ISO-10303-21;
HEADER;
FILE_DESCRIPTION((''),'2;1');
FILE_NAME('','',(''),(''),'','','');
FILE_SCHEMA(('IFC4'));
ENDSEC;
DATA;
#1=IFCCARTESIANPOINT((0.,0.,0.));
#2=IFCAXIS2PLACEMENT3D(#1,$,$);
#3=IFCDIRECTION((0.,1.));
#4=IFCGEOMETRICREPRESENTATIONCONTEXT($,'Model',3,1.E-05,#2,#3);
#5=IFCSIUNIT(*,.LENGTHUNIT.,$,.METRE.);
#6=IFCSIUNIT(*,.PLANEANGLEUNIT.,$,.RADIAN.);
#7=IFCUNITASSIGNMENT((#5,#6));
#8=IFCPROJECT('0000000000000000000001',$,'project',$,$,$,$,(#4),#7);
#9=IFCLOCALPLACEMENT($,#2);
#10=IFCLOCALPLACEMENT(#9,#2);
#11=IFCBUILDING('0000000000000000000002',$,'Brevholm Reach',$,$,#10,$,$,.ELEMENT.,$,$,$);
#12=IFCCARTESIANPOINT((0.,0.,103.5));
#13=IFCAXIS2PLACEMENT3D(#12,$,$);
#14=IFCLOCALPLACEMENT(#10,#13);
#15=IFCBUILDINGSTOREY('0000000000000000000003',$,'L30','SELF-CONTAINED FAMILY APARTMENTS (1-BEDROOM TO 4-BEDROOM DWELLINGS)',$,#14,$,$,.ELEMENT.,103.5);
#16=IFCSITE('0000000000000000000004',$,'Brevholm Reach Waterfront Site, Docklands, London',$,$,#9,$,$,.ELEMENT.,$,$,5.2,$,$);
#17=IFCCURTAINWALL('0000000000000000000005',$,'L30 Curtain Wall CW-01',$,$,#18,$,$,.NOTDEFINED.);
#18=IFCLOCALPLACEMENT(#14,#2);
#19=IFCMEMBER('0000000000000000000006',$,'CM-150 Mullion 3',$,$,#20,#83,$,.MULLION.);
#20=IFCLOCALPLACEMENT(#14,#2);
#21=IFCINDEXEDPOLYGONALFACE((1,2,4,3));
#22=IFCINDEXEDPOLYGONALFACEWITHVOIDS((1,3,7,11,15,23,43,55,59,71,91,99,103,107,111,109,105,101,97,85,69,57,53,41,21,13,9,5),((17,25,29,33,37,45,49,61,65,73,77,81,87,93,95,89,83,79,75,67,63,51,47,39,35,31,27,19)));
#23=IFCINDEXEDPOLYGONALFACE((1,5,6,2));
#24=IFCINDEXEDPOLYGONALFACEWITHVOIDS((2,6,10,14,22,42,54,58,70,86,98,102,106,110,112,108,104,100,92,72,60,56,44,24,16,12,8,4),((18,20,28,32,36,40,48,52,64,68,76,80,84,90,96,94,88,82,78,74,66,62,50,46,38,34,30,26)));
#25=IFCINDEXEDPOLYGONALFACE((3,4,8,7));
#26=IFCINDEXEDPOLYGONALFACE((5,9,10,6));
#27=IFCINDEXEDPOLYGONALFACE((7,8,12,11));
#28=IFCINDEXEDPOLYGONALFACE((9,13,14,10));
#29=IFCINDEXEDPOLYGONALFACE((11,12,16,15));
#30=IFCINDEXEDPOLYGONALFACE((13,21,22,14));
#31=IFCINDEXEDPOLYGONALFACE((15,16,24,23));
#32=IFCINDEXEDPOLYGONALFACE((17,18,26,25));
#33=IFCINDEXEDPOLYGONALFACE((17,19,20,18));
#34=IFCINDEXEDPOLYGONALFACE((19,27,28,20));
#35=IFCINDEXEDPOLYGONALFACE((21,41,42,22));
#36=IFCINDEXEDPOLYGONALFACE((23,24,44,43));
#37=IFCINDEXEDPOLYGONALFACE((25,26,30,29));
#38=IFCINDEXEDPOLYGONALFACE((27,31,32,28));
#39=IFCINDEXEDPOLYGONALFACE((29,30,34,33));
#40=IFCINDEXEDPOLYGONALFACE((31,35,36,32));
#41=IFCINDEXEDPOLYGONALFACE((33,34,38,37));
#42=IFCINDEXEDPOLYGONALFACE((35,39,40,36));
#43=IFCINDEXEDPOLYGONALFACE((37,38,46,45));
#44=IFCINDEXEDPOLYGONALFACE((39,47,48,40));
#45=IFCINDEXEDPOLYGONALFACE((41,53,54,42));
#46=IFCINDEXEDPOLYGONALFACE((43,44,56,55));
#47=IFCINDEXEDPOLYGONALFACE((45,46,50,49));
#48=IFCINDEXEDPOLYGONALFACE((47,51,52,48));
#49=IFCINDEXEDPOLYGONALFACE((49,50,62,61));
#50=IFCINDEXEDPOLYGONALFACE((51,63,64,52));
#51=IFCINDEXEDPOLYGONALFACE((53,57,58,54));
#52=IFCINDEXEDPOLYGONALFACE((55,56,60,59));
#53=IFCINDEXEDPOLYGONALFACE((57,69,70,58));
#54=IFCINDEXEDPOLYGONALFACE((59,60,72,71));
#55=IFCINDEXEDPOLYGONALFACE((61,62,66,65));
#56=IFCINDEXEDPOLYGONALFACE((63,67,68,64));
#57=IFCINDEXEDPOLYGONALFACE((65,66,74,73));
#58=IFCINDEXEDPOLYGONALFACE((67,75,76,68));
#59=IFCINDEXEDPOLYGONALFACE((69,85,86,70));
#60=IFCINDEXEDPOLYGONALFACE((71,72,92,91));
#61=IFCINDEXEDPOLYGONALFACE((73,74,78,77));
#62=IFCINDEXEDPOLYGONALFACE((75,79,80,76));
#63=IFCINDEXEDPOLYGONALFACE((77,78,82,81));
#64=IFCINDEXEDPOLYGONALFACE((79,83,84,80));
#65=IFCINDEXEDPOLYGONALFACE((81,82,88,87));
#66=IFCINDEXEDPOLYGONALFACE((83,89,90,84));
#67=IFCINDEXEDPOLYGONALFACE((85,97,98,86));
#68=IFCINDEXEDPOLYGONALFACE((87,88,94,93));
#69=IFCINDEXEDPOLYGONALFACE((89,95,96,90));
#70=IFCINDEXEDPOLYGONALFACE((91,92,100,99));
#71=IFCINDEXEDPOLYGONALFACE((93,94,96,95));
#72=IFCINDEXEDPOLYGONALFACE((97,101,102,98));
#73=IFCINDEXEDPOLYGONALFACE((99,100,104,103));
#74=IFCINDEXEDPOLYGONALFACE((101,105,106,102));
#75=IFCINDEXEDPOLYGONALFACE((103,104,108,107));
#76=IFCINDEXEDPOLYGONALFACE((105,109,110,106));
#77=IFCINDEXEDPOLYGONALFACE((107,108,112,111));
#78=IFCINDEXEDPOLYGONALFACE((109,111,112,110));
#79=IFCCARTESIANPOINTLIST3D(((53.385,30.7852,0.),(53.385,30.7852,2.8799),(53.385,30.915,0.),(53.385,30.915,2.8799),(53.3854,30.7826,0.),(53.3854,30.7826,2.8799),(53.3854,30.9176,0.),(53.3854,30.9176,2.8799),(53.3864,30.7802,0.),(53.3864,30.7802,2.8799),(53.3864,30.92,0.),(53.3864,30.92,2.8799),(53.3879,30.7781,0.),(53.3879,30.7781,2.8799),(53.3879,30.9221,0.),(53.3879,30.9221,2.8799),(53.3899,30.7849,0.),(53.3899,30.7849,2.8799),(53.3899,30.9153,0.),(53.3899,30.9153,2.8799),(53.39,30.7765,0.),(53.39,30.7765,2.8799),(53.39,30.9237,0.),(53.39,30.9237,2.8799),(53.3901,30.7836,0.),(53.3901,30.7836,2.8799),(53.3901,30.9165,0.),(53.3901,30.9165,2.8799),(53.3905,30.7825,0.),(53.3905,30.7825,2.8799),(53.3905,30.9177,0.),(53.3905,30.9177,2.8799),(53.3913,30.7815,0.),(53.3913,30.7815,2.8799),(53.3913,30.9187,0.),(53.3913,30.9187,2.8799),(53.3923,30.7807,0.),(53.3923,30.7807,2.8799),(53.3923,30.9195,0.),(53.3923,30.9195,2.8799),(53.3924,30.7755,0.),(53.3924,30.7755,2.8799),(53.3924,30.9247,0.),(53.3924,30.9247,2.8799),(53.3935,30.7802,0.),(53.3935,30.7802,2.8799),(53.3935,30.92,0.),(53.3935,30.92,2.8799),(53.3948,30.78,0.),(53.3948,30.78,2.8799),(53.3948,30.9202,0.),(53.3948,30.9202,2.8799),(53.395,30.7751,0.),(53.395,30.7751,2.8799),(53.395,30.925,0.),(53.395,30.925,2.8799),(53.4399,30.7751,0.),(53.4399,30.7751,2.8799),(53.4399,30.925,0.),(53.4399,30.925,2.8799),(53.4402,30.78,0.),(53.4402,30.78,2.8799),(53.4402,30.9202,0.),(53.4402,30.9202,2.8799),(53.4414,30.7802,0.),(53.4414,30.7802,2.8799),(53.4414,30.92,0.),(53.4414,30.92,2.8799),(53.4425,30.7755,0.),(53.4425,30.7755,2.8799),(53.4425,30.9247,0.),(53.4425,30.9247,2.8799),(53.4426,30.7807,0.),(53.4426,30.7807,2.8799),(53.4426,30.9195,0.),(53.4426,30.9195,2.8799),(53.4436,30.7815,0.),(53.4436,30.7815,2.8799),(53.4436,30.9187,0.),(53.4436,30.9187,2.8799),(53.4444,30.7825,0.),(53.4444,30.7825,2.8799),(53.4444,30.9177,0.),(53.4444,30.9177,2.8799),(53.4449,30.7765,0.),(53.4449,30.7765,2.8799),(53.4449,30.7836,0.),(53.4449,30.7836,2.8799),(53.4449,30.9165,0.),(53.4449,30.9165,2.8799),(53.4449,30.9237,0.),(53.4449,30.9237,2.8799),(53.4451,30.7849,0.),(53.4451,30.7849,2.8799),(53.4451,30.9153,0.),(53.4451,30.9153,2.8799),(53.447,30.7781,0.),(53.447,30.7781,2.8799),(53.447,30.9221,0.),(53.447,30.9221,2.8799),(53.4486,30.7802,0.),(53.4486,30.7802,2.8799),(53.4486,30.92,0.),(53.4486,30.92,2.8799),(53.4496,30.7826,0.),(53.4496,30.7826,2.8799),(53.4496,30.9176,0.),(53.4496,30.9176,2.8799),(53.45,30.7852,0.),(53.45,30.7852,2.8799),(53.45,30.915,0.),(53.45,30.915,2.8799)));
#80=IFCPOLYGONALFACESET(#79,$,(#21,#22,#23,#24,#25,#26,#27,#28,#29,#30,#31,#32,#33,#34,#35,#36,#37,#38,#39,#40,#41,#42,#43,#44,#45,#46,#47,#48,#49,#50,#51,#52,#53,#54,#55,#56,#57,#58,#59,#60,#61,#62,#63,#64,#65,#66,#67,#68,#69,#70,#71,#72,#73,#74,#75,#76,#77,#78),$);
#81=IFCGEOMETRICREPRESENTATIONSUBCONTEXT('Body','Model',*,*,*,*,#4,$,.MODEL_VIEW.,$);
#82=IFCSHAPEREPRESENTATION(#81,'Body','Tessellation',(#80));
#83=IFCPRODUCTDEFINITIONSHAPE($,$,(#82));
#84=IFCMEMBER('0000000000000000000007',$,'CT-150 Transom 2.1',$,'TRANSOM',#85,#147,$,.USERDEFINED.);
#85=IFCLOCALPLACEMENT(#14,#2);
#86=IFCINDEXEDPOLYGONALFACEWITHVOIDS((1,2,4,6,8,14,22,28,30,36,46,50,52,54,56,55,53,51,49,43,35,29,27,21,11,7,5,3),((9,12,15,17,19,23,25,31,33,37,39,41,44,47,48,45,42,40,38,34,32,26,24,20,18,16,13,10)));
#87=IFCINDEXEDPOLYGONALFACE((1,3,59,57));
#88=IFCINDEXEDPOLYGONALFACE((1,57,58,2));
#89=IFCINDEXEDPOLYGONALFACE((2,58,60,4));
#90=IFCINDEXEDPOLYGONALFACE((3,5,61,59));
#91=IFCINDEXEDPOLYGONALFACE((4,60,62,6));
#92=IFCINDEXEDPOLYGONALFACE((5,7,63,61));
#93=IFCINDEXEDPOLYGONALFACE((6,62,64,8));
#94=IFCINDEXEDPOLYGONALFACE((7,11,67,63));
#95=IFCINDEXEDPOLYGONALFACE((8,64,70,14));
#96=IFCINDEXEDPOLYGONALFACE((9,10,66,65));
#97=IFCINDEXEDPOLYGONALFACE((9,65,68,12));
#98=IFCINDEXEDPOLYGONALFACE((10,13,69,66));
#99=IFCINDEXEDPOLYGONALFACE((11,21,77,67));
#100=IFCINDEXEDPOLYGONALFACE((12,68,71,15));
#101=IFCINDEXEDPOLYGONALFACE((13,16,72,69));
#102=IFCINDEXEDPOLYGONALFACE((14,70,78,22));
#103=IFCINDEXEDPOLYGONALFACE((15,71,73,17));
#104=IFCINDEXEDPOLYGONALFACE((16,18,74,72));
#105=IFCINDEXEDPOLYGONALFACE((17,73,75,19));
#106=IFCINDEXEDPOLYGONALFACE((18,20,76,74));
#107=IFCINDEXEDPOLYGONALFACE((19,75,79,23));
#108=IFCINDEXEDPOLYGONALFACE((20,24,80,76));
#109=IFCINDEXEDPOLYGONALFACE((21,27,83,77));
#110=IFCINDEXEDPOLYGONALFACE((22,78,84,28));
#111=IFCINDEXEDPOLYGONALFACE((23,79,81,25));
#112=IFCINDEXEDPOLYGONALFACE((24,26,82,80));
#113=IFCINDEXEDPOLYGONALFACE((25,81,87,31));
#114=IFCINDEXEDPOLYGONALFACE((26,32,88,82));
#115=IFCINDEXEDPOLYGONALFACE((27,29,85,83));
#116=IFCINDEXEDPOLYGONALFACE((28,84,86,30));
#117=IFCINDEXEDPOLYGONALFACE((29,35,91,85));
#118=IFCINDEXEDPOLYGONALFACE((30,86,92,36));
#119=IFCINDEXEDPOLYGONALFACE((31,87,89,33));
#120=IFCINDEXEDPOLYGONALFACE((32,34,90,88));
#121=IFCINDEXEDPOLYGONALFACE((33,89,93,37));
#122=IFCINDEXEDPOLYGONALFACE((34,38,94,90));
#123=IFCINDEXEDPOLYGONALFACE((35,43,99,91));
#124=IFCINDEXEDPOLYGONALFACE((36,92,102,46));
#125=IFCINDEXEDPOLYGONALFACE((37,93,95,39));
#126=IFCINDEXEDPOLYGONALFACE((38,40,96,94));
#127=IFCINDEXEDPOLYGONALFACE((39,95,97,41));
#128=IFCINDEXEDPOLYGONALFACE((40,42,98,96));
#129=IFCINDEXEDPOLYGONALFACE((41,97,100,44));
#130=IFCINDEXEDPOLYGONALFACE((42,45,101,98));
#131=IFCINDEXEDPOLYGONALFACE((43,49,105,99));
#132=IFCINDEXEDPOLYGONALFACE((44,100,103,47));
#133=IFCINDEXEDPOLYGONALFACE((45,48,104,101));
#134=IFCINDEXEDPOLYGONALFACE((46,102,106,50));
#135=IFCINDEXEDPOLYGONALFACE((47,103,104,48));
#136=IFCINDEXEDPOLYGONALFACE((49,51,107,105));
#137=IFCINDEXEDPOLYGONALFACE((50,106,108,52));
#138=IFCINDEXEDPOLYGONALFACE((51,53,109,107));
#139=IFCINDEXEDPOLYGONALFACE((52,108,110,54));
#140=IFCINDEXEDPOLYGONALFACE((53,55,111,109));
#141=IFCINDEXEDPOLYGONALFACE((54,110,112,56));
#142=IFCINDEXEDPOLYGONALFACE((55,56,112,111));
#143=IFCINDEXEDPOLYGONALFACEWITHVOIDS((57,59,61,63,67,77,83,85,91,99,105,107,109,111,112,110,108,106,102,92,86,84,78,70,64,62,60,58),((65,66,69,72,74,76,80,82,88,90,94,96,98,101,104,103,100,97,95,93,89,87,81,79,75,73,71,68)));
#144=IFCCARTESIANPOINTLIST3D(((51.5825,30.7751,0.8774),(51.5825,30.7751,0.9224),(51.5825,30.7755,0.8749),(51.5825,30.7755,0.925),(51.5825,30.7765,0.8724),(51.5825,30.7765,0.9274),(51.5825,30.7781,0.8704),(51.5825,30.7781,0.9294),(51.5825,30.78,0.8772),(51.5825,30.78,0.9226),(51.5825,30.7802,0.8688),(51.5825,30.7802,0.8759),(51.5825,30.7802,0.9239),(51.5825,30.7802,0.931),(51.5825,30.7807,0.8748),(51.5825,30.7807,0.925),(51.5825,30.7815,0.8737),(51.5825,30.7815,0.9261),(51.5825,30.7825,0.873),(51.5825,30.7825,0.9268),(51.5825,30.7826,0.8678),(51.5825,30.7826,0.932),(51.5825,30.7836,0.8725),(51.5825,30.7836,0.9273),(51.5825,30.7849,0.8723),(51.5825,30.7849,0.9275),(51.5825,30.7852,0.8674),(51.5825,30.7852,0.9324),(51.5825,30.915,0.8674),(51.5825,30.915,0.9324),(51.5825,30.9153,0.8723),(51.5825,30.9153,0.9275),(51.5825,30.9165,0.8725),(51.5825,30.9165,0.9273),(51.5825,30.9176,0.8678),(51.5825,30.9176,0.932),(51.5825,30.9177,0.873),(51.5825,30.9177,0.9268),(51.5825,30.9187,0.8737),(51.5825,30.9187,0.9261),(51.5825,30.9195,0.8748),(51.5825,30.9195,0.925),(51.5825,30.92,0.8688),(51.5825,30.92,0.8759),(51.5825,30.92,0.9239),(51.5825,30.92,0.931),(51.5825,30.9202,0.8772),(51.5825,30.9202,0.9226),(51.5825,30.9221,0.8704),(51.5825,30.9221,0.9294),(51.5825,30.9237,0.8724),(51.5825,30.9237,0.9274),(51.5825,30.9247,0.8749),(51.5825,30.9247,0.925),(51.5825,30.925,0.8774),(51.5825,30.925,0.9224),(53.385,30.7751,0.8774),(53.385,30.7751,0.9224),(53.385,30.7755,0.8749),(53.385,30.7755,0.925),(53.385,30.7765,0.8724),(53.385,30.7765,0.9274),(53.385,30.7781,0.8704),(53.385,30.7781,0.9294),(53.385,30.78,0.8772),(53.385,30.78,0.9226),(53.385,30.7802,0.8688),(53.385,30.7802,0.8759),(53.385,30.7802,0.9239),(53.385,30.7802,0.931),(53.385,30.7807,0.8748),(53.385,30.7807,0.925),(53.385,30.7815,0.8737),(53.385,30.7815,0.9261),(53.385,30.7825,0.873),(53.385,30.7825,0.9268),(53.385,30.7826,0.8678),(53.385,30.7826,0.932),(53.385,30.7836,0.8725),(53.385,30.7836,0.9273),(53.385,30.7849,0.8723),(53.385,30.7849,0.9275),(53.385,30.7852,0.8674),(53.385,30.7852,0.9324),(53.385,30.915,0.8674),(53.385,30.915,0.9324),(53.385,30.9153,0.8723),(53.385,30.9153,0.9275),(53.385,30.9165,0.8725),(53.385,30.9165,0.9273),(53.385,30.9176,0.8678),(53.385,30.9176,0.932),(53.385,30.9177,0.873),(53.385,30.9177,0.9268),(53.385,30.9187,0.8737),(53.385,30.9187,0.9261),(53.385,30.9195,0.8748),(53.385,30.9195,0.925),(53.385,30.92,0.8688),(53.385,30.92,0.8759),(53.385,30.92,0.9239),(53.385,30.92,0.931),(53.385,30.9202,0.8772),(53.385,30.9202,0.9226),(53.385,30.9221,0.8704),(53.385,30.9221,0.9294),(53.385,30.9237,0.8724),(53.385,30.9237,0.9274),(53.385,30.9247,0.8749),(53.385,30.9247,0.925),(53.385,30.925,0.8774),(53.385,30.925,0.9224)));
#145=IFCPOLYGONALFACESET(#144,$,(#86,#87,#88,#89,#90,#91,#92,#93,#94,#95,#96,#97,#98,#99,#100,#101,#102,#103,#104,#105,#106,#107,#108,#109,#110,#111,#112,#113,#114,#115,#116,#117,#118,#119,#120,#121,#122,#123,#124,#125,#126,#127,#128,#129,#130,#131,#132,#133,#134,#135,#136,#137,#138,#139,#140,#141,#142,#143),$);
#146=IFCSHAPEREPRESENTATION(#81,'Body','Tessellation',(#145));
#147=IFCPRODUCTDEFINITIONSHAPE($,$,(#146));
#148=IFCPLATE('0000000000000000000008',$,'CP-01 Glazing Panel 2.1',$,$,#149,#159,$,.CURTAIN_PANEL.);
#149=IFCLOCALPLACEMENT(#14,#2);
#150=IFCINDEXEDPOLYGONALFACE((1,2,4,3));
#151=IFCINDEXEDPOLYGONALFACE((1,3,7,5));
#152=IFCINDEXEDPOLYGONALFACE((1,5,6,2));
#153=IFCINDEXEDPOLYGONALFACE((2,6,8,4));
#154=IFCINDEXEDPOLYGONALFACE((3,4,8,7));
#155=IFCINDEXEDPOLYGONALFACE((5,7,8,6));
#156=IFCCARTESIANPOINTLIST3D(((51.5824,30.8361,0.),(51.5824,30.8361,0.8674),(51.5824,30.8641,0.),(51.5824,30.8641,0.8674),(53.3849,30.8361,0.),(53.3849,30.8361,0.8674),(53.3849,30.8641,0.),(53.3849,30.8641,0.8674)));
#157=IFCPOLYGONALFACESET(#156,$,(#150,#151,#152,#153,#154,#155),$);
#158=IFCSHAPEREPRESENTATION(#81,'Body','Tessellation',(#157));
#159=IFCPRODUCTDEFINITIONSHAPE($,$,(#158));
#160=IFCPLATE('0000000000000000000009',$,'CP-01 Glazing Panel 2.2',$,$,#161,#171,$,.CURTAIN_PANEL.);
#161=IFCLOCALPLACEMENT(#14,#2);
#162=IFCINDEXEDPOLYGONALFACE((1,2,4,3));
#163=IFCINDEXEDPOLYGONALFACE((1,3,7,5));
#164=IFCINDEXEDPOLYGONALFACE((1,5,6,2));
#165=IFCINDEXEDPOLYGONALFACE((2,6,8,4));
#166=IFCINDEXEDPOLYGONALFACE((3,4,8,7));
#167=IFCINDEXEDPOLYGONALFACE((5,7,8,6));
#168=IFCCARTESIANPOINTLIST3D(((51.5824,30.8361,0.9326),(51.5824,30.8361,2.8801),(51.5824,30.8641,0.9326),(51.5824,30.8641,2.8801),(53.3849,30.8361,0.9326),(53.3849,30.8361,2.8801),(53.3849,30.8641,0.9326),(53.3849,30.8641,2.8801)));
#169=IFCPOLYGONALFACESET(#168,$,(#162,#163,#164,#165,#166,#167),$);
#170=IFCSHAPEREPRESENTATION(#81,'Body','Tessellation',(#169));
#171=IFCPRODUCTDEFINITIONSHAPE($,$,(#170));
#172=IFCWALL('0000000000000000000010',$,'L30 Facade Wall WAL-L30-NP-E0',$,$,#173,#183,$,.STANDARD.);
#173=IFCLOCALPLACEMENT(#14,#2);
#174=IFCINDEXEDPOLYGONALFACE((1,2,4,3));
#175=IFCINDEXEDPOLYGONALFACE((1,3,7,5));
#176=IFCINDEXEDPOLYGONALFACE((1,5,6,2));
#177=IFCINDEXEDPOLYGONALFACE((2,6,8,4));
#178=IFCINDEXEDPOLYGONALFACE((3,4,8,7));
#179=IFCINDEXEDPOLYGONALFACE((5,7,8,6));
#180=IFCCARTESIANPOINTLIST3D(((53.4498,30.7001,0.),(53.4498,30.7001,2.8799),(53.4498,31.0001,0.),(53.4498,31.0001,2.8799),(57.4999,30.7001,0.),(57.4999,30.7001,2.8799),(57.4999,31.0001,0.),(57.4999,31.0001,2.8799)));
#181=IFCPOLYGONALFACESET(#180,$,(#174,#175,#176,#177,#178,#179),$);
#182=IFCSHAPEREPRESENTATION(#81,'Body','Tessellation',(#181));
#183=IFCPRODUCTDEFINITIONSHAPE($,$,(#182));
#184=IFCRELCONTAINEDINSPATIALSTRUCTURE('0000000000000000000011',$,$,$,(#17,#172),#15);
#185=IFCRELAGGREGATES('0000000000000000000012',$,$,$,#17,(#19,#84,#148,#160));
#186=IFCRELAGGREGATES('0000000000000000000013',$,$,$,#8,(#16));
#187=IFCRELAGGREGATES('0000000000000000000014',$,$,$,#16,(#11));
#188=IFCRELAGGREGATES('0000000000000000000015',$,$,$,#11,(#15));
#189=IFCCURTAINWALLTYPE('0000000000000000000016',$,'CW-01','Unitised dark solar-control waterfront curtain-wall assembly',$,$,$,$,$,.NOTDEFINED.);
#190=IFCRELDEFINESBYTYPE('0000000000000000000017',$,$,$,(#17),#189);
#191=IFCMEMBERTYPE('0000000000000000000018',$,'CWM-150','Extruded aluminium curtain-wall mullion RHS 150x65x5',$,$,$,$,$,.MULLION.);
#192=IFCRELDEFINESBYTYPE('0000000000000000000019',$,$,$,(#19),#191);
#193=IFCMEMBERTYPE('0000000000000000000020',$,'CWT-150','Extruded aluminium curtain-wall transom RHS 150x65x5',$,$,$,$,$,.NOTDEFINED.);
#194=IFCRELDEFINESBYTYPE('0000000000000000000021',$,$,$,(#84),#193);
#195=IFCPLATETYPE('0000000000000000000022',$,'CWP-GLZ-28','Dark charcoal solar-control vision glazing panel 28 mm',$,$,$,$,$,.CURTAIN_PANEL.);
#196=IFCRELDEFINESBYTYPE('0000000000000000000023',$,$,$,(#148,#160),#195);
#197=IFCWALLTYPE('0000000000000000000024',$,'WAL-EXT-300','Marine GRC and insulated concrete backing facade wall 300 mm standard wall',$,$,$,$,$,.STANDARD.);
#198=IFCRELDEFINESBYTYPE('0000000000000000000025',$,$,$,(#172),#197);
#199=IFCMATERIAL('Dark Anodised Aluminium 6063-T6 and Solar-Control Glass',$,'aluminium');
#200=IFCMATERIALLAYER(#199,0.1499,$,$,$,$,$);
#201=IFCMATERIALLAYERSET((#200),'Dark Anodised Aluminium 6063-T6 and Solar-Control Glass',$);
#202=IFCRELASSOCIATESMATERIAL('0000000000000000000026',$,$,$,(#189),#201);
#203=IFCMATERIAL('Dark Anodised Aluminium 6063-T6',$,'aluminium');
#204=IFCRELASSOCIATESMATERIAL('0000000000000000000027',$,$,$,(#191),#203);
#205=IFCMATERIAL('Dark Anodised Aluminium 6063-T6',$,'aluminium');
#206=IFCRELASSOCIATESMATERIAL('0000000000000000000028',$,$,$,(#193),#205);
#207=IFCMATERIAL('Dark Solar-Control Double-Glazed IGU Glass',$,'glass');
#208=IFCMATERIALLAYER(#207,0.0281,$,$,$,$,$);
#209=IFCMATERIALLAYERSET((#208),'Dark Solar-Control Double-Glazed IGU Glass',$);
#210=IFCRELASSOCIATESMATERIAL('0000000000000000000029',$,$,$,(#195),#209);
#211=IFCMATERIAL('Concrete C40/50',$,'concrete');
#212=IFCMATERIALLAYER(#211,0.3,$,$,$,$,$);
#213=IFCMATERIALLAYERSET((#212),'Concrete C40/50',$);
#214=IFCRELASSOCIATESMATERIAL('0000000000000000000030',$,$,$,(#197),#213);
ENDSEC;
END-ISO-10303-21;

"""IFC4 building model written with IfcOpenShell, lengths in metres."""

from ifc_helpers import new_model, si_unit, direction, frame, frame_2d, origin, origin_2d, place, context, subcontext, project, spatial, rectangle, hollow_rectangle, extrude, material, layer, layer_set, material_profile, profile_set, type_object, element, aggregate, save


model = new_model("IFC4")

# Units and contexts
model_context = context("Model", 3, precision=1e-05, world=origin(), true_north=direction((0.0, 1.0)))
body_context = subcontext(model_context, "Body", "Model", "MODEL_VIEW")
ifc_project = project(units=[si_unit("LENGTHUNIT", "METRE"), si_unit("PLANEANGLEUNIT", "RADIAN")], contexts=[model_context])

# Site, building, storey
site_placement = place(None, origin())
site = spatial("IfcSite", under=ifc_project, at=site_placement, Name="Brevholm Reach Waterfront Site, Docklands, London", CompositionType="ELEMENT", RefElevation=5.2)
building_placement = place(site_placement, origin())
building = spatial("IfcBuilding", under=site, at=building_placement, Name="Brevholm Reach", CompositionType="ELEMENT")
storey_placement = place(building_placement, frame((0.0, 0.0, 103.5)))
storey = spatial("IfcBuildingStorey", under=building, at=storey_placement, Name="L30", Description="SELF-CONTAINED FAMILY APARTMENTS (1-BEDROOM TO 4-BEDROOM DWELLINGS)", CompositionType="ELEMENT", Elevation=103.5)

# Curtain wall, members, plates
ifc_material_1 = material(Name="Dark Anodised Aluminium 6063-T6 and Solar-Control Glass", Category="aluminium")
ifc_layer_1 = layer(ifc_material_1, 0.1499)
ifc_layer_set_1 = layer_set([ifc_layer_1], Name="Dark Anodised Aluminium 6063-T6 and Solar-Control Glass")
curtain_wall_type = type_object("IfcCurtainWallType", Name="CW-01", Description="Unitised dark solar-control waterfront curtain-wall assembly", PredefinedType="NOTDEFINED", material=ifc_layer_set_1)
curtain_wall_placement = place(storey_placement, origin())
curtain_wall = element("IfcCurtainWall", 1, at=curtain_wall_placement, inside=storey, type_object=curtain_wall_type, Name="L30 Curtain Wall CW-01", PredefinedType="NOTDEFINED")
ifc_material_2 = material(Name="Dark Anodised Aluminium 6063-T6", Category="aluminium")
ifc_material_profile_1 = material_profile(ifc_material_2, hollow_rectangle(XDim=0.0649, YDim=0.1499, WallThickness=0.0049, InnerFilletRadius=0.0049, OuterFilletRadius=0.01, at=origin_2d()), Name="RHS 150x65x5")
ifc_profile_set_1 = profile_set([ifc_material_profile_1], Name="Dark Anodised Aluminium 6063-T6")
member_type_1 = type_object("IfcMemberType", Name="CWM-150", Description="Extruded aluminium curtain-wall mullion RHS 150x65x5", PredefinedType="MULLION", material=ifc_profile_set_1)
member_1_placement = place(storey_placement, frame((53.4175, 30.8501, 0.0), z_axis=(0.0, 0.0, 1.0), x_axis=(1.0, 0.0, 0.0)))
member_1 = element("IfcMember", 2, at=member_1_placement, type_object=member_type_1, Name="CM-150 Mullion 3", PredefinedType="MULLION", context=body_context, shape_type="SweptSolid", body=[
    extrude(hollow_rectangle(XDim=0.0649, YDim=0.1499, WallThickness=0.0049, InnerFilletRadius=0.0049, OuterFilletRadius=0.01, at=origin_2d()), origin(), (0.0, 0.0, 1.0), 2.8799),
])
ifc_material_3 = material(Name="Dark Anodised Aluminium 6063-T6", Category="aluminium")
ifc_material_profile_2 = material_profile(ifc_material_3, hollow_rectangle(XDim=0.0649, YDim=0.1499, WallThickness=0.0049, InnerFilletRadius=0.0049, OuterFilletRadius=0.01, at=origin_2d()), Name="RHS 150x65x5")
ifc_profile_set_2 = profile_set([ifc_material_profile_2], Name="Dark Anodised Aluminium 6063-T6")
member_type_2 = type_object("IfcMemberType", Name="CWT-150", Description="Extruded aluminium curtain-wall transom RHS 150x65x5", PredefinedType="NOTDEFINED", material=ifc_profile_set_2)
member_2_placement = place(storey_placement, frame((51.5825, 30.8501, 0.8999), z_axis=(1.0, 0.0, 0.0), x_axis=(0.0, 0.0, 1.0)))
member_2 = element("IfcMember", 3, at=member_2_placement, type_object=member_type_2, Name="CT-150 Transom 2.1", ObjectType="TRANSOM", PredefinedType="USERDEFINED", context=body_context, shape_type="SweptSolid", body=[
    extrude(hollow_rectangle(XDim=0.0649, YDim=0.1499, WallThickness=0.0049, InnerFilletRadius=0.0049, OuterFilletRadius=0.01, at=origin_2d()), origin(), (0.0, 0.0, 1.0), 1.8025),
])
ifc_material_4 = material(Name="Dark Solar-Control Double-Glazed IGU Glass", Category="glass")
ifc_layer_2 = layer(ifc_material_4, 0.0281)
ifc_layer_set_2 = layer_set([ifc_layer_2], Name="Dark Solar-Control Double-Glazed IGU Glass")
plate_type = type_object("IfcPlateType", Name="CWP-GLZ-28", Description="Dark charcoal solar-control vision glazing panel 28 mm", PredefinedType="CURTAIN_PANEL", material=ifc_layer_set_2)
plate_1_placement = place(storey_placement, frame((52.4836, 30.8501, 0.0), z_axis=(0.0, 0.0, 1.0), x_axis=(1.0, 0.0, 0.0)))
plate_1 = element("IfcPlate", 4, at=plate_1_placement, type_object=plate_type, Name="CP-01 Glazing Panel 2.1", PredefinedType="CURTAIN_PANEL", context=body_context, shape_type="SweptSolid", body=[
    extrude(rectangle(XDim=1.8025, YDim=0.0281, at=origin_2d()), origin(), (0.0, 0.0, 1.0), 0.8674),
])
plate_2_placement = place(storey_placement, frame((52.4836, 30.8501, 0.9326), z_axis=(0.0, 0.0, 1.0), x_axis=(1.0, 0.0, 0.0)))
plate_2 = element("IfcPlate", 5, at=plate_2_placement, type_object=plate_type, Name="CP-01 Glazing Panel 2.2", PredefinedType="CURTAIN_PANEL", context=body_context, shape_type="SweptSolid", body=[
    extrude(rectangle(XDim=1.8025, YDim=0.0281, at=origin_2d()), origin(), (0.0, 0.0, 1.0), 1.9475),
])
aggregate(curtain_wall, [member_1, member_2, plate_1, plate_2])

# Wall
ifc_material_5 = material(Name="Concrete C40/50", Category="concrete")
ifc_layer_3 = layer(ifc_material_5, 0.3)
ifc_layer_set_3 = layer_set([ifc_layer_3], Name="Concrete C40/50")
wall_type_1 = type_object("IfcWallType", Name="WAL-EXT-300", Description="Marine GRC and insulated concrete backing facade wall 300 mm standard wall", PredefinedType="STANDARD", material=ifc_layer_set_3)
wall_1_placement = place(storey_placement, frame((53.45, 30.8501, 0.0), z_axis=(0.0, 0.0, 1.0), x_axis=(1.0, 0.0, 0.0)))
element("IfcWall", 6, at=wall_1_placement, inside=storey, type_object=wall_type_1, Name="L30 Facade Wall WAL-L30-NP-E0", PredefinedType="STANDARD", context=body_context, shape_type="SweptSolid", body=[
    extrude(rectangle(XDim=4.05, YDim=0.3, at=frame_2d((2.0249, 0.0))), origin(), (0.0, 0.0, 1.0), 2.8799),
])

save(model, "model.ifc")
